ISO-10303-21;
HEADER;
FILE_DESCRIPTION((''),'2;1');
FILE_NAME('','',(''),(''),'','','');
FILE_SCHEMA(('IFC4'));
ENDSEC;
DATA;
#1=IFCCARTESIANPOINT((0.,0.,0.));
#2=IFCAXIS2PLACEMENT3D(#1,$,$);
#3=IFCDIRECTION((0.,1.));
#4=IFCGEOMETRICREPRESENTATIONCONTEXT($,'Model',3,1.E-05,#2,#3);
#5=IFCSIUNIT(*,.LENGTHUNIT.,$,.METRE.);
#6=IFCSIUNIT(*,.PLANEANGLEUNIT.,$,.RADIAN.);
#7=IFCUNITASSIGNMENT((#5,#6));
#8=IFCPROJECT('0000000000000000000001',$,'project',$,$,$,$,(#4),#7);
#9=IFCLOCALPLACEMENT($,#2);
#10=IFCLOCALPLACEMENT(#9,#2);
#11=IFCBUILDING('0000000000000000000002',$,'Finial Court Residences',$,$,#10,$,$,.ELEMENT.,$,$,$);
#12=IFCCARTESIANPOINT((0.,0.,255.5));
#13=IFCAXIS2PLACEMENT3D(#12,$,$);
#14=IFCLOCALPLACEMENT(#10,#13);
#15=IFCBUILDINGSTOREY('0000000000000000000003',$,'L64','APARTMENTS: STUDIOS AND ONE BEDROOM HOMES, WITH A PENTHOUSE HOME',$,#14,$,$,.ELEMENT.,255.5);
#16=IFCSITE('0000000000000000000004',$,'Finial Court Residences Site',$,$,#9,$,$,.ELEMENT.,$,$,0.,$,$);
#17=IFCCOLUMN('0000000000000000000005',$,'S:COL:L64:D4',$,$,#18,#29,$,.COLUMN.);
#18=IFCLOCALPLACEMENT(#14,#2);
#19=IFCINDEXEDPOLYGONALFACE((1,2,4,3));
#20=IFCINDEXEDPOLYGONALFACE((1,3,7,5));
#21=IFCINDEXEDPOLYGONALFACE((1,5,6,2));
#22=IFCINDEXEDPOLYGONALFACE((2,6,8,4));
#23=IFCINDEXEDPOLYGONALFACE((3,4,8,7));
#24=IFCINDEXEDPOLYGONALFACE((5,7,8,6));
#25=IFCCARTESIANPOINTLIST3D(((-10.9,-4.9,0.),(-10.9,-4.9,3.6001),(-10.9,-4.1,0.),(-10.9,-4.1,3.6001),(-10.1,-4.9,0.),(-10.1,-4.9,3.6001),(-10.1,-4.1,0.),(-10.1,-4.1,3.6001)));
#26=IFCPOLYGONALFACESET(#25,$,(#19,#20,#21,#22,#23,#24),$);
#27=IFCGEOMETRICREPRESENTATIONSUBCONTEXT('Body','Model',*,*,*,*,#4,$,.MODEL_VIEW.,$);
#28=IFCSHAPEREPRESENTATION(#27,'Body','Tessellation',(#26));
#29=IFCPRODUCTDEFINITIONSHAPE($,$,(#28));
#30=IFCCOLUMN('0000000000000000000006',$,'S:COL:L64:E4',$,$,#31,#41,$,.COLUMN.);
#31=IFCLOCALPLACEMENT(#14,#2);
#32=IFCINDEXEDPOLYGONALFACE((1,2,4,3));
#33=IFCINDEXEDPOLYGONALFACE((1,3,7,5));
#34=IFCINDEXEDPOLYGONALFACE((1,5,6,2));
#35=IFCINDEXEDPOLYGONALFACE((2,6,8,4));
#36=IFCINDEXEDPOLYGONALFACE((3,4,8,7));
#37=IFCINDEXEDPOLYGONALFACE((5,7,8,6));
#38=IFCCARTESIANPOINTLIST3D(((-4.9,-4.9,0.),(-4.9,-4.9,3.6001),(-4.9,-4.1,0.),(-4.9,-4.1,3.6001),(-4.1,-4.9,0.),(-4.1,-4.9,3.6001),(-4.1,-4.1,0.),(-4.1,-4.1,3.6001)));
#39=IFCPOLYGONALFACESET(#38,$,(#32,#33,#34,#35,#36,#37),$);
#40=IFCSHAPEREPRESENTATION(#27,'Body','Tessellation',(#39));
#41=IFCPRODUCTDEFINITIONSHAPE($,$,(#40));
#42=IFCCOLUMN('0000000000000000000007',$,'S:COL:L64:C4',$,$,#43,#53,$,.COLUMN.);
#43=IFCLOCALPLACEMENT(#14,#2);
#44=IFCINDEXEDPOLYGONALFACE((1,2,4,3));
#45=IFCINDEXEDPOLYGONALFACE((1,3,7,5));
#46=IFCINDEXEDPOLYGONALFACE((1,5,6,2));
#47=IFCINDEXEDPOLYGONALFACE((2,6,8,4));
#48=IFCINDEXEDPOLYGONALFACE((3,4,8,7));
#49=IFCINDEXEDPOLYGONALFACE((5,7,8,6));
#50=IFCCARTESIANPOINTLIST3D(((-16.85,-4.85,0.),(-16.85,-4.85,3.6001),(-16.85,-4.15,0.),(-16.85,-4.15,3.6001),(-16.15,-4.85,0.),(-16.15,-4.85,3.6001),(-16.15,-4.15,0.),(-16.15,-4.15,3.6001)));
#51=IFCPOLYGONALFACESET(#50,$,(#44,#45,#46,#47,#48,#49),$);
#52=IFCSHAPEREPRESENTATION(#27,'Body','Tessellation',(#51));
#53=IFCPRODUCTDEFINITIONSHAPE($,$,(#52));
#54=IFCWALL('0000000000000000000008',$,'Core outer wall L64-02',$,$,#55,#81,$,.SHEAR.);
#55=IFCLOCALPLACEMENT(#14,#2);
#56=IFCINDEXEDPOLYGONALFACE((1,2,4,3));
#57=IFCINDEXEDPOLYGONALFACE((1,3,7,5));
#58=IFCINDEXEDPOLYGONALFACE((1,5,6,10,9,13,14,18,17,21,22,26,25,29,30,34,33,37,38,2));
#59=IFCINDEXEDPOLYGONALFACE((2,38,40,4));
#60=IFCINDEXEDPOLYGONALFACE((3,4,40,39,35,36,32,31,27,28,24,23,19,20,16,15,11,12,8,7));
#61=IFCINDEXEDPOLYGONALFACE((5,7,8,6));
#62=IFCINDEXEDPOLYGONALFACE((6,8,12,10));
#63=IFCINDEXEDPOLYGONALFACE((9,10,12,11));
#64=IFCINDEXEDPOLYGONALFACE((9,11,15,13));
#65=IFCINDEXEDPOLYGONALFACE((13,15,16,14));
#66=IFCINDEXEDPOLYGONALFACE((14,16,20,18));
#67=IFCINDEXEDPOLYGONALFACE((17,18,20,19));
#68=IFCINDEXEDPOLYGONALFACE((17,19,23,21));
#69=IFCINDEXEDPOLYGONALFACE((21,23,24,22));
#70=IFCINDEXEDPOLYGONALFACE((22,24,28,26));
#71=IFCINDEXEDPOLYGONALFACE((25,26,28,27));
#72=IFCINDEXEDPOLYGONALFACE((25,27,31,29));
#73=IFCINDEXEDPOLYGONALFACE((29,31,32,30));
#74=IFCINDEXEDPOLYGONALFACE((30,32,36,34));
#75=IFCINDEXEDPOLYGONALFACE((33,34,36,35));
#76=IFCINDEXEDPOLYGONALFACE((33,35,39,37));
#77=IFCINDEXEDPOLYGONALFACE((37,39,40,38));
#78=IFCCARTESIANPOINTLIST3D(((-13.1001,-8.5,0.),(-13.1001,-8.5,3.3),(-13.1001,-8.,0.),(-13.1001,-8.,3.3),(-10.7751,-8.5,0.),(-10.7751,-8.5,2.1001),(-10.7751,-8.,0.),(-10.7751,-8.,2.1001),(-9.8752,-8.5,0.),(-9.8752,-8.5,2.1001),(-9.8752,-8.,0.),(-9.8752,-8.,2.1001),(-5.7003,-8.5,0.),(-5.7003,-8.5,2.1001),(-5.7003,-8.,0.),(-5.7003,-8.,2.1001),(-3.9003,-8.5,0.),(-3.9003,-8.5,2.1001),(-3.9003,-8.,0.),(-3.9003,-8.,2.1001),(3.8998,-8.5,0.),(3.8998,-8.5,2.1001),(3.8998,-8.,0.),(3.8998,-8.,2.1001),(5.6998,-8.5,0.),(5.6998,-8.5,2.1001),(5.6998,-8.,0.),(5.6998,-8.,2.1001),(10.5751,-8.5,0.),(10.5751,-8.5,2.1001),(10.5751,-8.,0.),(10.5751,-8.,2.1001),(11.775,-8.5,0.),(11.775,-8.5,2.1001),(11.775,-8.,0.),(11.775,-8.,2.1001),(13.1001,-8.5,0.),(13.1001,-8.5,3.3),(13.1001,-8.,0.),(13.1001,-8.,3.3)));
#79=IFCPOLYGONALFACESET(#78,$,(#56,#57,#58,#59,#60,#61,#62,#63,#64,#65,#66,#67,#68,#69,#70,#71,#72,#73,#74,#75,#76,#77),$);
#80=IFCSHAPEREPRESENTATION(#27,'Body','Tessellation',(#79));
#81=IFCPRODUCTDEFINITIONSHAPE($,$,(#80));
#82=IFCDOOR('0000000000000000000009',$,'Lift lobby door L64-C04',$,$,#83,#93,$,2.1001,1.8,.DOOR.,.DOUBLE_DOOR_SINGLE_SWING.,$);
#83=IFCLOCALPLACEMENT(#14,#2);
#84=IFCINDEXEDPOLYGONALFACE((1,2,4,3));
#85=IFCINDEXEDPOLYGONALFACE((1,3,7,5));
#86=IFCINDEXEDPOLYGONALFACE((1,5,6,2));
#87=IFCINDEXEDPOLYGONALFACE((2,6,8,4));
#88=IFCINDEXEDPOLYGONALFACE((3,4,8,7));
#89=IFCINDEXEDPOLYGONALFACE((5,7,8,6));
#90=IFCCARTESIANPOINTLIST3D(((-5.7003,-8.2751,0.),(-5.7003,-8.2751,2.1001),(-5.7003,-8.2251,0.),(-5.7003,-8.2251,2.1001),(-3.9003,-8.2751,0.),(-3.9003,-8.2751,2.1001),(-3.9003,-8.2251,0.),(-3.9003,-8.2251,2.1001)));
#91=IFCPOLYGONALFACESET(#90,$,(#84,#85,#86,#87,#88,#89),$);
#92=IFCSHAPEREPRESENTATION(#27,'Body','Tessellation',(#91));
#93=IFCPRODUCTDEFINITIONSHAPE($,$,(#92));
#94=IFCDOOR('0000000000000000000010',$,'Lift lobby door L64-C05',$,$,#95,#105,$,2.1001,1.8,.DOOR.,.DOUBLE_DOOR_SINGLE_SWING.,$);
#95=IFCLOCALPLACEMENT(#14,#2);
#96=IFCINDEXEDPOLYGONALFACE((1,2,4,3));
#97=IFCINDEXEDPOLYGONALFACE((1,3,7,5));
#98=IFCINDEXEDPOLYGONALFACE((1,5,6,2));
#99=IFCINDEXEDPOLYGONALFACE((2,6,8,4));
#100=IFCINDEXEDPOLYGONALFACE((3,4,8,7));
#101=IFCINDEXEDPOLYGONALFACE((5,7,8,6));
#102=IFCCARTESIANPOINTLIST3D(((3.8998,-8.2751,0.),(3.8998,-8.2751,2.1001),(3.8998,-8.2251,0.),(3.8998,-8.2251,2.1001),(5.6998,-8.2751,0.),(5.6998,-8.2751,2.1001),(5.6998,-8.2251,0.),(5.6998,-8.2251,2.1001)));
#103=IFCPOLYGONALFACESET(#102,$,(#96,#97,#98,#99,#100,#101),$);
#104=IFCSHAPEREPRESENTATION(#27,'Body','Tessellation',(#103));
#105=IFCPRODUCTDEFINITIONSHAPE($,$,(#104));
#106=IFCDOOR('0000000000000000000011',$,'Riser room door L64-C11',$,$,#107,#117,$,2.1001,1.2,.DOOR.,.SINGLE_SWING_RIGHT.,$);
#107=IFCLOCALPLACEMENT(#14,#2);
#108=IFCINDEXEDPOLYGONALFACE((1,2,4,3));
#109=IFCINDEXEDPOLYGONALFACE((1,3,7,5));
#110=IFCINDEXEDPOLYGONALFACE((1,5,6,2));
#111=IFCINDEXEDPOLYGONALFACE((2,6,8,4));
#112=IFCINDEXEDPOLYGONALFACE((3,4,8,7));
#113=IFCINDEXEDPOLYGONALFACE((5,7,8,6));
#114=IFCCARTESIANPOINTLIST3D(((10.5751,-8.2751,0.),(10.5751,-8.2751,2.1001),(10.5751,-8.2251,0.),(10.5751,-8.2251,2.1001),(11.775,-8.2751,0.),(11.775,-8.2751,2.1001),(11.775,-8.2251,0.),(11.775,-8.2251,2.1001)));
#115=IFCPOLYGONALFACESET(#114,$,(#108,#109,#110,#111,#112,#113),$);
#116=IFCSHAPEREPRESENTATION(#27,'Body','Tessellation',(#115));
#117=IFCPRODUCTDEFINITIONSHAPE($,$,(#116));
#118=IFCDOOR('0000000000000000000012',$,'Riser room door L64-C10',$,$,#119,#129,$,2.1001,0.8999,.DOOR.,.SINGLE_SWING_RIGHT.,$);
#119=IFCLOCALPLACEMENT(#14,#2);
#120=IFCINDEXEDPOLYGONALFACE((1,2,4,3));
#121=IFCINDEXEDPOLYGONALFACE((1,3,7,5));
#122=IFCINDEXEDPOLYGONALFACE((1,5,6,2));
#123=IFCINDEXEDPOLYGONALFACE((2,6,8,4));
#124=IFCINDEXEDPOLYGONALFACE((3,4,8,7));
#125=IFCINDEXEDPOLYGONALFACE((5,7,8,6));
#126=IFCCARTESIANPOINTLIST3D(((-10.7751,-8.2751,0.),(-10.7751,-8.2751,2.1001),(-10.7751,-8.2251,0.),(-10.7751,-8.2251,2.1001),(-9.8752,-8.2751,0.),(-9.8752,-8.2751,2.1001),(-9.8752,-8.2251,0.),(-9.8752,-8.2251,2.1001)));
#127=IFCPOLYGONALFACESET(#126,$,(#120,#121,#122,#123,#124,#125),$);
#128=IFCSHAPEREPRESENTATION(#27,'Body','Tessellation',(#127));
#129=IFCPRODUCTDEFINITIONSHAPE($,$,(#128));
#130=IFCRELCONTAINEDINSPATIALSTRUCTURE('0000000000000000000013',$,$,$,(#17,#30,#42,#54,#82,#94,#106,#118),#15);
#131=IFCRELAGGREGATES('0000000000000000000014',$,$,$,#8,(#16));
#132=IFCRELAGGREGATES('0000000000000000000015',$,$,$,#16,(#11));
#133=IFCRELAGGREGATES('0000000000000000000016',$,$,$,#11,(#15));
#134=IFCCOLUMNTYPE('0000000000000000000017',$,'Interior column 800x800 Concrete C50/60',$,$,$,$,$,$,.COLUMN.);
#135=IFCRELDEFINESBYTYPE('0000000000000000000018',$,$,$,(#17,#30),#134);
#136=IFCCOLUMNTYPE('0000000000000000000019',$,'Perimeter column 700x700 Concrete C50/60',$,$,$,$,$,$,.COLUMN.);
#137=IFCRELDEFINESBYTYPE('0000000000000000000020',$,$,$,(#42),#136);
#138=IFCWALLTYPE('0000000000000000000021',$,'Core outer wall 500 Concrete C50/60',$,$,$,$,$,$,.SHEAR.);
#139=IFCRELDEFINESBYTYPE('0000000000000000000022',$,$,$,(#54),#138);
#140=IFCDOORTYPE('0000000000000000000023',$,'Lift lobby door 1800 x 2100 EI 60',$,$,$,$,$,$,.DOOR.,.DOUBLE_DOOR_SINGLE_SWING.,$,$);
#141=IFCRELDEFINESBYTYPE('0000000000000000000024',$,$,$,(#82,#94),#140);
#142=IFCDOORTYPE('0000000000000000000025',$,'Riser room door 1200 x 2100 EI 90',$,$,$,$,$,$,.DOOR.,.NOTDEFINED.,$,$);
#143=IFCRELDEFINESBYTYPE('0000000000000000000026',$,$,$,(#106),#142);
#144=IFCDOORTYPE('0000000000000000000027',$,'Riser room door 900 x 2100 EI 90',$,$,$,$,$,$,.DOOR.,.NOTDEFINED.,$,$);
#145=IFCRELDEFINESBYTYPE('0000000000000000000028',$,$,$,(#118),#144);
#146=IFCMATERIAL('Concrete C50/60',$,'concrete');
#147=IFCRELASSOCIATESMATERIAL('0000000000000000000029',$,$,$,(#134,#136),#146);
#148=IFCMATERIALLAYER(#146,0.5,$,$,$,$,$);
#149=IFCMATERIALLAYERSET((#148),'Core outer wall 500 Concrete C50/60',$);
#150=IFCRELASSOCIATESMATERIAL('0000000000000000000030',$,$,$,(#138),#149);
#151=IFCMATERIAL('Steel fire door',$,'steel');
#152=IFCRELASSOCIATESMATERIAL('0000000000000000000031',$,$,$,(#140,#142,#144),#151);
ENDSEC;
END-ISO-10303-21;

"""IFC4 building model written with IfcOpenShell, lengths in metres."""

from ifc_helpers import new_model, si_unit, direction, frame, frame_2d, origin, origin_2d, place, context, subcontext, project, spatial, rectangle, extrude, material, layer, layer_set, material_profile, profile_set, type_object, element, fill, save


model = new_model("IFC4")

# Units and contexts
model_context = context("Model", 3, precision=1e-05, world=origin(), true_north=direction((0.0, 1.0)))
body_context = subcontext(model_context, "Body", "Model", "MODEL_VIEW")
ifc_project = project(units=[si_unit("LENGTHUNIT", "METRE"), si_unit("PLANEANGLEUNIT", "RADIAN")], contexts=[model_context])

# Site, building, storey
site_placement = place(None, origin())
site = spatial("IfcSite", under=ifc_project, at=site_placement, Name="Finial Court Residences Site", CompositionType="ELEMENT", RefElevation=0.0)
building_placement = place(site_placement, origin())
building = spatial("IfcBuilding", under=site, at=building_placement, Name="Finial Court Residences", CompositionType="ELEMENT")
storey_placement = place(building_placement, frame((0.0, 0.0, 255.5)))
storey = spatial("IfcBuildingStorey", under=building, at=storey_placement, Name="L64", Description="APARTMENTS: STUDIOS AND ONE BEDROOM HOMES, WITH A PENTHOUSE HOME", CompositionType="ELEMENT", Elevation=255.5)

# Columns
ifc_material_1 = material(Name="Concrete C50/60", Category="concrete")
ifc_material_profile_1 = material_profile(ifc_material_1, rectangle(XDim=0.8, YDim=0.8, at=origin_2d()), Name="800x800")
ifc_profile_set_1 = profile_set([ifc_material_profile_1], Name="Concrete C50/60")
column_type_1 = type_object("IfcColumnType", Name="Interior column 800x800 Concrete C50/60", PredefinedType="COLUMN", material=ifc_profile_set_1)
for number, where, z_axis, x_axis, name in (
    (1, (-10.5, -4.5, 0.0), (0.0, 0.0, 1.0), (1.0, 0.0, 0.0), "S:COL:L64:D4"),
    (2, (-4.5, -4.5, 0.0), (0.0, 0.0, 1.0), (1.0, 0.0, 0.0), "S:COL:L64:E4"),
):
    element("IfcColumn", number, at=place(storey_placement, frame(where, z_axis=z_axis, x_axis=x_axis)), inside=storey, type_object=column_type_1, Name=name, PredefinedType="COLUMN", context=body_context, shape_type="SweptSolid", body=[
        extrude(rectangle(XDim=0.8, YDim=0.8, at=origin_2d()), origin(), (0.0, 0.0, 1.0), 3.6001),
    ])
ifc_material_profile_2 = material_profile(ifc_material_1, rectangle(XDim=0.7, YDim=0.7, at=origin_2d()), Name="700x700")
ifc_profile_set_2 = profile_set([ifc_material_profile_2], Name="Concrete C50/60")
column_type_2 = type_object("IfcColumnType", Name="Perimeter column 700x700 Concrete C50/60", PredefinedType="COLUMN", material=ifc_profile_set_2)
column_placement = place(storey_placement, frame((-16.5, -4.5, 0.0), z_axis=(0.0, 0.0, 1.0), x_axis=(1.0, 0.0, 0.0)))
element("IfcColumn", 3, at=column_placement, inside=storey, type_object=column_type_2, Name="S:COL:L64:C4", PredefinedType="COLUMN", context=body_context, shape_type="SweptSolid", body=[
    extrude(rectangle(XDim=0.7, YDim=0.7, at=origin_2d()), origin(), (0.0, 0.0, 1.0), 3.6001),
])

# Wall, openings, doors
ifc_layer_1 = layer(ifc_material_1, 0.5)
ifc_layer_set_1 = layer_set([ifc_layer_1], Name="Core outer wall 500 Concrete C50/60")
wall_type_1 = type_object("IfcWallType", Name="Core outer wall 500 Concrete C50/60", PredefinedType="SHEAR", material=ifc_layer_set_1)
wall_1_placement = place(storey_placement, frame((-13.1001, -8.25, 0.0), z_axis=(0.0, 0.0, 1.0), x_axis=(1.0, 0.0, 0.0)))
wall_1 = element("IfcWall", 4, at=wall_1_placement, inside=storey, type_object=wall_type_1, Name="Core outer wall L64-02", PredefinedType="SHEAR", context=body_context, shape_type="SweptSolid", body=[
    extrude(rectangle(XDim=26.2002, YDim=0.5, at=frame_2d((13.1001, 0.0))), origin(), (0.0, 0.0, 1.0), 3.3),
])
opening_1_placement = place(wall_1_placement, frame((7.3999, 0.0, 0.0)))
opening_1 = element("IfcOpeningElement", 5, at=opening_1_placement, cuts=wall_1, PredefinedType="OPENING", context=body_context, shape_type="SweptSolid", body=[
    extrude(rectangle(XDim=1.8, YDim=2.1001, at=frame_2d((0.8999, 1.05))), frame((0.0, 0.26, 0.0), z_axis=(0.0, -1.0, 0.0), x_axis=(1.0, 0.0, 0.0)), (0.0, 0.0, 1.0), 0.52),
])
opening_2_placement = place(wall_1_placement, frame((17.0, 0.0, 0.0)))
opening_2 = element("IfcOpeningElement", 6, at=opening_2_placement, cuts=wall_1, PredefinedType="OPENING", context=body_context, shape_type="SweptSolid", body=[
    extrude(rectangle(XDim=1.8, YDim=2.1001, at=frame_2d((0.8999, 1.05))), frame((0.0, 0.26, 0.0), z_axis=(0.0, -1.0, 0.0), x_axis=(1.0, 0.0, 0.0)), (0.0, 0.0, 1.0), 0.52),
])
opening_3_placement = place(wall_1_placement, frame((2.325, 0.0, 0.0)))
opening_3 = element("IfcOpeningElement", 7, at=opening_3_placement, cuts=wall_1, PredefinedType="OPENING", context=body_context, shape_type="SweptSolid", body=[
    extrude(rectangle(XDim=0.8999, YDim=2.1001, at=frame_2d((0.45, 1.05))), frame((0.0, 0.26, 0.0), z_axis=(0.0, -1.0, 0.0), x_axis=(1.0, 0.0, 0.0)), (0.0, 0.0, 1.0), 0.52),
])
opening_4_placement = place(wall_1_placement, frame((23.675, 0.0, 0.0)))
opening_4 = element("IfcOpeningElement", 8, at=opening_4_placement, cuts=wall_1, PredefinedType="OPENING", context=body_context, shape_type="SweptSolid", body=[
    extrude(rectangle(XDim=1.2, YDim=2.1001, at=frame_2d((0.6001, 1.05))), frame((0.0, 0.26, 0.0), z_axis=(0.0, -1.0, 0.0), x_axis=(1.0, 0.0, 0.0)), (0.0, 0.0, 1.0), 0.52),
])
ifc_material_2 = material(Name="Steel fire door", Category="steel")
door_type_1 = type_object("IfcDoorType", Name="Lift lobby door 1800 x 2100 EI 60", OperationType="DOUBLE_DOOR_SINGLE_SWING", PredefinedType="DOOR", material=ifc_material_2)
door_1_placement = place(opening_1_placement, origin())
door_1 = element("IfcDoor", 9, at=door_1_placement, inside=storey, type_object=door_type_1, Name="Lift lobby door L64-C04", OperationType="DOUBLE_DOOR_SINGLE_SWING", OverallHeight=2.1001, OverallWidth=1.8, PredefinedType="DOOR", context=body_context, shape_type="SweptSolid", body=[
    extrude(rectangle(XDim=1.8, YDim=2.1001, at=frame_2d((0.8999, 1.05))), frame((0.0, 0.0249, 0.0), z_axis=(0.0, -1.0, 0.0), x_axis=(1.0, 0.0, 0.0)), (0.0, 0.0, 1.0), 0.05),
])
fill(opening_1, door_1)
door_2_placement = place(opening_2_placement, origin())
door_2 = element("IfcDoor", 10, at=door_2_placement, inside=storey, type_object=door_type_1, Name="Lift lobby door L64-C05", OperationType="DOUBLE_DOOR_SINGLE_SWING", OverallHeight=2.1001, OverallWidth=1.8, PredefinedType="DOOR", context=body_context, shape_type="SweptSolid", body=[
    extrude(rectangle(XDim=1.8, YDim=2.1001, at=frame_2d((0.8999, 1.05))), frame((0.0, 0.0249, 0.0), z_axis=(0.0, -1.0, 0.0), x_axis=(1.0, 0.0, 0.0)), (0.0, 0.0, 1.0), 0.05),
])
fill(opening_2, door_2)
door_type_2 = type_object("IfcDoorType", Name="Riser room door 1200 x 2100 EI 90", OperationType="NOTDEFINED", PredefinedType="DOOR", material=ifc_material_2)
door_3_placement = place(opening_4_placement, origin())
door_3 = element("IfcDoor", 11, at=door_3_placement, inside=storey, type_object=door_type_2, Name="Riser room door L64-C11", OperationType="SINGLE_SWING_RIGHT", OverallHeight=2.1001, OverallWidth=1.2, PredefinedType="DOOR", context=body_context, shape_type="SweptSolid", body=[
    extrude(rectangle(XDim=1.2, YDim=2.1001, at=frame_2d((0.6001, 1.05))), frame((0.0, 0.0249, 0.0), z_axis=(0.0, -1.0, 0.0), x_axis=(1.0, 0.0, 0.0)), (0.0, 0.0, 1.0), 0.05),
])
fill(opening_4, door_3)
door_type_3 = type_object("IfcDoorType", Name="Riser room door 900 x 2100 EI 90", OperationType="NOTDEFINED", PredefinedType="DOOR", material=ifc_material_2)
door_4_placement = place(opening_3_placement, origin())
door_4 = element("IfcDoor", 12, at=door_4_placement, inside=storey, type_object=door_type_3, Name="Riser room door L64-C10", OperationType="SINGLE_SWING_RIGHT", OverallHeight=2.1001, OverallWidth=0.8999, PredefinedType="DOOR", context=body_context, shape_type="SweptSolid", body=[
    extrude(rectangle(XDim=0.8999, YDim=2.1001, at=frame_2d((0.45, 1.05))), frame((0.0, 0.0249, 0.0), z_axis=(0.0, -1.0, 0.0), x_axis=(1.0, 0.0, 0.0)), (0.0, 0.0, 1.0), 0.05),
])
fill(opening_3, door_4)

save(model, "model.ifc")
